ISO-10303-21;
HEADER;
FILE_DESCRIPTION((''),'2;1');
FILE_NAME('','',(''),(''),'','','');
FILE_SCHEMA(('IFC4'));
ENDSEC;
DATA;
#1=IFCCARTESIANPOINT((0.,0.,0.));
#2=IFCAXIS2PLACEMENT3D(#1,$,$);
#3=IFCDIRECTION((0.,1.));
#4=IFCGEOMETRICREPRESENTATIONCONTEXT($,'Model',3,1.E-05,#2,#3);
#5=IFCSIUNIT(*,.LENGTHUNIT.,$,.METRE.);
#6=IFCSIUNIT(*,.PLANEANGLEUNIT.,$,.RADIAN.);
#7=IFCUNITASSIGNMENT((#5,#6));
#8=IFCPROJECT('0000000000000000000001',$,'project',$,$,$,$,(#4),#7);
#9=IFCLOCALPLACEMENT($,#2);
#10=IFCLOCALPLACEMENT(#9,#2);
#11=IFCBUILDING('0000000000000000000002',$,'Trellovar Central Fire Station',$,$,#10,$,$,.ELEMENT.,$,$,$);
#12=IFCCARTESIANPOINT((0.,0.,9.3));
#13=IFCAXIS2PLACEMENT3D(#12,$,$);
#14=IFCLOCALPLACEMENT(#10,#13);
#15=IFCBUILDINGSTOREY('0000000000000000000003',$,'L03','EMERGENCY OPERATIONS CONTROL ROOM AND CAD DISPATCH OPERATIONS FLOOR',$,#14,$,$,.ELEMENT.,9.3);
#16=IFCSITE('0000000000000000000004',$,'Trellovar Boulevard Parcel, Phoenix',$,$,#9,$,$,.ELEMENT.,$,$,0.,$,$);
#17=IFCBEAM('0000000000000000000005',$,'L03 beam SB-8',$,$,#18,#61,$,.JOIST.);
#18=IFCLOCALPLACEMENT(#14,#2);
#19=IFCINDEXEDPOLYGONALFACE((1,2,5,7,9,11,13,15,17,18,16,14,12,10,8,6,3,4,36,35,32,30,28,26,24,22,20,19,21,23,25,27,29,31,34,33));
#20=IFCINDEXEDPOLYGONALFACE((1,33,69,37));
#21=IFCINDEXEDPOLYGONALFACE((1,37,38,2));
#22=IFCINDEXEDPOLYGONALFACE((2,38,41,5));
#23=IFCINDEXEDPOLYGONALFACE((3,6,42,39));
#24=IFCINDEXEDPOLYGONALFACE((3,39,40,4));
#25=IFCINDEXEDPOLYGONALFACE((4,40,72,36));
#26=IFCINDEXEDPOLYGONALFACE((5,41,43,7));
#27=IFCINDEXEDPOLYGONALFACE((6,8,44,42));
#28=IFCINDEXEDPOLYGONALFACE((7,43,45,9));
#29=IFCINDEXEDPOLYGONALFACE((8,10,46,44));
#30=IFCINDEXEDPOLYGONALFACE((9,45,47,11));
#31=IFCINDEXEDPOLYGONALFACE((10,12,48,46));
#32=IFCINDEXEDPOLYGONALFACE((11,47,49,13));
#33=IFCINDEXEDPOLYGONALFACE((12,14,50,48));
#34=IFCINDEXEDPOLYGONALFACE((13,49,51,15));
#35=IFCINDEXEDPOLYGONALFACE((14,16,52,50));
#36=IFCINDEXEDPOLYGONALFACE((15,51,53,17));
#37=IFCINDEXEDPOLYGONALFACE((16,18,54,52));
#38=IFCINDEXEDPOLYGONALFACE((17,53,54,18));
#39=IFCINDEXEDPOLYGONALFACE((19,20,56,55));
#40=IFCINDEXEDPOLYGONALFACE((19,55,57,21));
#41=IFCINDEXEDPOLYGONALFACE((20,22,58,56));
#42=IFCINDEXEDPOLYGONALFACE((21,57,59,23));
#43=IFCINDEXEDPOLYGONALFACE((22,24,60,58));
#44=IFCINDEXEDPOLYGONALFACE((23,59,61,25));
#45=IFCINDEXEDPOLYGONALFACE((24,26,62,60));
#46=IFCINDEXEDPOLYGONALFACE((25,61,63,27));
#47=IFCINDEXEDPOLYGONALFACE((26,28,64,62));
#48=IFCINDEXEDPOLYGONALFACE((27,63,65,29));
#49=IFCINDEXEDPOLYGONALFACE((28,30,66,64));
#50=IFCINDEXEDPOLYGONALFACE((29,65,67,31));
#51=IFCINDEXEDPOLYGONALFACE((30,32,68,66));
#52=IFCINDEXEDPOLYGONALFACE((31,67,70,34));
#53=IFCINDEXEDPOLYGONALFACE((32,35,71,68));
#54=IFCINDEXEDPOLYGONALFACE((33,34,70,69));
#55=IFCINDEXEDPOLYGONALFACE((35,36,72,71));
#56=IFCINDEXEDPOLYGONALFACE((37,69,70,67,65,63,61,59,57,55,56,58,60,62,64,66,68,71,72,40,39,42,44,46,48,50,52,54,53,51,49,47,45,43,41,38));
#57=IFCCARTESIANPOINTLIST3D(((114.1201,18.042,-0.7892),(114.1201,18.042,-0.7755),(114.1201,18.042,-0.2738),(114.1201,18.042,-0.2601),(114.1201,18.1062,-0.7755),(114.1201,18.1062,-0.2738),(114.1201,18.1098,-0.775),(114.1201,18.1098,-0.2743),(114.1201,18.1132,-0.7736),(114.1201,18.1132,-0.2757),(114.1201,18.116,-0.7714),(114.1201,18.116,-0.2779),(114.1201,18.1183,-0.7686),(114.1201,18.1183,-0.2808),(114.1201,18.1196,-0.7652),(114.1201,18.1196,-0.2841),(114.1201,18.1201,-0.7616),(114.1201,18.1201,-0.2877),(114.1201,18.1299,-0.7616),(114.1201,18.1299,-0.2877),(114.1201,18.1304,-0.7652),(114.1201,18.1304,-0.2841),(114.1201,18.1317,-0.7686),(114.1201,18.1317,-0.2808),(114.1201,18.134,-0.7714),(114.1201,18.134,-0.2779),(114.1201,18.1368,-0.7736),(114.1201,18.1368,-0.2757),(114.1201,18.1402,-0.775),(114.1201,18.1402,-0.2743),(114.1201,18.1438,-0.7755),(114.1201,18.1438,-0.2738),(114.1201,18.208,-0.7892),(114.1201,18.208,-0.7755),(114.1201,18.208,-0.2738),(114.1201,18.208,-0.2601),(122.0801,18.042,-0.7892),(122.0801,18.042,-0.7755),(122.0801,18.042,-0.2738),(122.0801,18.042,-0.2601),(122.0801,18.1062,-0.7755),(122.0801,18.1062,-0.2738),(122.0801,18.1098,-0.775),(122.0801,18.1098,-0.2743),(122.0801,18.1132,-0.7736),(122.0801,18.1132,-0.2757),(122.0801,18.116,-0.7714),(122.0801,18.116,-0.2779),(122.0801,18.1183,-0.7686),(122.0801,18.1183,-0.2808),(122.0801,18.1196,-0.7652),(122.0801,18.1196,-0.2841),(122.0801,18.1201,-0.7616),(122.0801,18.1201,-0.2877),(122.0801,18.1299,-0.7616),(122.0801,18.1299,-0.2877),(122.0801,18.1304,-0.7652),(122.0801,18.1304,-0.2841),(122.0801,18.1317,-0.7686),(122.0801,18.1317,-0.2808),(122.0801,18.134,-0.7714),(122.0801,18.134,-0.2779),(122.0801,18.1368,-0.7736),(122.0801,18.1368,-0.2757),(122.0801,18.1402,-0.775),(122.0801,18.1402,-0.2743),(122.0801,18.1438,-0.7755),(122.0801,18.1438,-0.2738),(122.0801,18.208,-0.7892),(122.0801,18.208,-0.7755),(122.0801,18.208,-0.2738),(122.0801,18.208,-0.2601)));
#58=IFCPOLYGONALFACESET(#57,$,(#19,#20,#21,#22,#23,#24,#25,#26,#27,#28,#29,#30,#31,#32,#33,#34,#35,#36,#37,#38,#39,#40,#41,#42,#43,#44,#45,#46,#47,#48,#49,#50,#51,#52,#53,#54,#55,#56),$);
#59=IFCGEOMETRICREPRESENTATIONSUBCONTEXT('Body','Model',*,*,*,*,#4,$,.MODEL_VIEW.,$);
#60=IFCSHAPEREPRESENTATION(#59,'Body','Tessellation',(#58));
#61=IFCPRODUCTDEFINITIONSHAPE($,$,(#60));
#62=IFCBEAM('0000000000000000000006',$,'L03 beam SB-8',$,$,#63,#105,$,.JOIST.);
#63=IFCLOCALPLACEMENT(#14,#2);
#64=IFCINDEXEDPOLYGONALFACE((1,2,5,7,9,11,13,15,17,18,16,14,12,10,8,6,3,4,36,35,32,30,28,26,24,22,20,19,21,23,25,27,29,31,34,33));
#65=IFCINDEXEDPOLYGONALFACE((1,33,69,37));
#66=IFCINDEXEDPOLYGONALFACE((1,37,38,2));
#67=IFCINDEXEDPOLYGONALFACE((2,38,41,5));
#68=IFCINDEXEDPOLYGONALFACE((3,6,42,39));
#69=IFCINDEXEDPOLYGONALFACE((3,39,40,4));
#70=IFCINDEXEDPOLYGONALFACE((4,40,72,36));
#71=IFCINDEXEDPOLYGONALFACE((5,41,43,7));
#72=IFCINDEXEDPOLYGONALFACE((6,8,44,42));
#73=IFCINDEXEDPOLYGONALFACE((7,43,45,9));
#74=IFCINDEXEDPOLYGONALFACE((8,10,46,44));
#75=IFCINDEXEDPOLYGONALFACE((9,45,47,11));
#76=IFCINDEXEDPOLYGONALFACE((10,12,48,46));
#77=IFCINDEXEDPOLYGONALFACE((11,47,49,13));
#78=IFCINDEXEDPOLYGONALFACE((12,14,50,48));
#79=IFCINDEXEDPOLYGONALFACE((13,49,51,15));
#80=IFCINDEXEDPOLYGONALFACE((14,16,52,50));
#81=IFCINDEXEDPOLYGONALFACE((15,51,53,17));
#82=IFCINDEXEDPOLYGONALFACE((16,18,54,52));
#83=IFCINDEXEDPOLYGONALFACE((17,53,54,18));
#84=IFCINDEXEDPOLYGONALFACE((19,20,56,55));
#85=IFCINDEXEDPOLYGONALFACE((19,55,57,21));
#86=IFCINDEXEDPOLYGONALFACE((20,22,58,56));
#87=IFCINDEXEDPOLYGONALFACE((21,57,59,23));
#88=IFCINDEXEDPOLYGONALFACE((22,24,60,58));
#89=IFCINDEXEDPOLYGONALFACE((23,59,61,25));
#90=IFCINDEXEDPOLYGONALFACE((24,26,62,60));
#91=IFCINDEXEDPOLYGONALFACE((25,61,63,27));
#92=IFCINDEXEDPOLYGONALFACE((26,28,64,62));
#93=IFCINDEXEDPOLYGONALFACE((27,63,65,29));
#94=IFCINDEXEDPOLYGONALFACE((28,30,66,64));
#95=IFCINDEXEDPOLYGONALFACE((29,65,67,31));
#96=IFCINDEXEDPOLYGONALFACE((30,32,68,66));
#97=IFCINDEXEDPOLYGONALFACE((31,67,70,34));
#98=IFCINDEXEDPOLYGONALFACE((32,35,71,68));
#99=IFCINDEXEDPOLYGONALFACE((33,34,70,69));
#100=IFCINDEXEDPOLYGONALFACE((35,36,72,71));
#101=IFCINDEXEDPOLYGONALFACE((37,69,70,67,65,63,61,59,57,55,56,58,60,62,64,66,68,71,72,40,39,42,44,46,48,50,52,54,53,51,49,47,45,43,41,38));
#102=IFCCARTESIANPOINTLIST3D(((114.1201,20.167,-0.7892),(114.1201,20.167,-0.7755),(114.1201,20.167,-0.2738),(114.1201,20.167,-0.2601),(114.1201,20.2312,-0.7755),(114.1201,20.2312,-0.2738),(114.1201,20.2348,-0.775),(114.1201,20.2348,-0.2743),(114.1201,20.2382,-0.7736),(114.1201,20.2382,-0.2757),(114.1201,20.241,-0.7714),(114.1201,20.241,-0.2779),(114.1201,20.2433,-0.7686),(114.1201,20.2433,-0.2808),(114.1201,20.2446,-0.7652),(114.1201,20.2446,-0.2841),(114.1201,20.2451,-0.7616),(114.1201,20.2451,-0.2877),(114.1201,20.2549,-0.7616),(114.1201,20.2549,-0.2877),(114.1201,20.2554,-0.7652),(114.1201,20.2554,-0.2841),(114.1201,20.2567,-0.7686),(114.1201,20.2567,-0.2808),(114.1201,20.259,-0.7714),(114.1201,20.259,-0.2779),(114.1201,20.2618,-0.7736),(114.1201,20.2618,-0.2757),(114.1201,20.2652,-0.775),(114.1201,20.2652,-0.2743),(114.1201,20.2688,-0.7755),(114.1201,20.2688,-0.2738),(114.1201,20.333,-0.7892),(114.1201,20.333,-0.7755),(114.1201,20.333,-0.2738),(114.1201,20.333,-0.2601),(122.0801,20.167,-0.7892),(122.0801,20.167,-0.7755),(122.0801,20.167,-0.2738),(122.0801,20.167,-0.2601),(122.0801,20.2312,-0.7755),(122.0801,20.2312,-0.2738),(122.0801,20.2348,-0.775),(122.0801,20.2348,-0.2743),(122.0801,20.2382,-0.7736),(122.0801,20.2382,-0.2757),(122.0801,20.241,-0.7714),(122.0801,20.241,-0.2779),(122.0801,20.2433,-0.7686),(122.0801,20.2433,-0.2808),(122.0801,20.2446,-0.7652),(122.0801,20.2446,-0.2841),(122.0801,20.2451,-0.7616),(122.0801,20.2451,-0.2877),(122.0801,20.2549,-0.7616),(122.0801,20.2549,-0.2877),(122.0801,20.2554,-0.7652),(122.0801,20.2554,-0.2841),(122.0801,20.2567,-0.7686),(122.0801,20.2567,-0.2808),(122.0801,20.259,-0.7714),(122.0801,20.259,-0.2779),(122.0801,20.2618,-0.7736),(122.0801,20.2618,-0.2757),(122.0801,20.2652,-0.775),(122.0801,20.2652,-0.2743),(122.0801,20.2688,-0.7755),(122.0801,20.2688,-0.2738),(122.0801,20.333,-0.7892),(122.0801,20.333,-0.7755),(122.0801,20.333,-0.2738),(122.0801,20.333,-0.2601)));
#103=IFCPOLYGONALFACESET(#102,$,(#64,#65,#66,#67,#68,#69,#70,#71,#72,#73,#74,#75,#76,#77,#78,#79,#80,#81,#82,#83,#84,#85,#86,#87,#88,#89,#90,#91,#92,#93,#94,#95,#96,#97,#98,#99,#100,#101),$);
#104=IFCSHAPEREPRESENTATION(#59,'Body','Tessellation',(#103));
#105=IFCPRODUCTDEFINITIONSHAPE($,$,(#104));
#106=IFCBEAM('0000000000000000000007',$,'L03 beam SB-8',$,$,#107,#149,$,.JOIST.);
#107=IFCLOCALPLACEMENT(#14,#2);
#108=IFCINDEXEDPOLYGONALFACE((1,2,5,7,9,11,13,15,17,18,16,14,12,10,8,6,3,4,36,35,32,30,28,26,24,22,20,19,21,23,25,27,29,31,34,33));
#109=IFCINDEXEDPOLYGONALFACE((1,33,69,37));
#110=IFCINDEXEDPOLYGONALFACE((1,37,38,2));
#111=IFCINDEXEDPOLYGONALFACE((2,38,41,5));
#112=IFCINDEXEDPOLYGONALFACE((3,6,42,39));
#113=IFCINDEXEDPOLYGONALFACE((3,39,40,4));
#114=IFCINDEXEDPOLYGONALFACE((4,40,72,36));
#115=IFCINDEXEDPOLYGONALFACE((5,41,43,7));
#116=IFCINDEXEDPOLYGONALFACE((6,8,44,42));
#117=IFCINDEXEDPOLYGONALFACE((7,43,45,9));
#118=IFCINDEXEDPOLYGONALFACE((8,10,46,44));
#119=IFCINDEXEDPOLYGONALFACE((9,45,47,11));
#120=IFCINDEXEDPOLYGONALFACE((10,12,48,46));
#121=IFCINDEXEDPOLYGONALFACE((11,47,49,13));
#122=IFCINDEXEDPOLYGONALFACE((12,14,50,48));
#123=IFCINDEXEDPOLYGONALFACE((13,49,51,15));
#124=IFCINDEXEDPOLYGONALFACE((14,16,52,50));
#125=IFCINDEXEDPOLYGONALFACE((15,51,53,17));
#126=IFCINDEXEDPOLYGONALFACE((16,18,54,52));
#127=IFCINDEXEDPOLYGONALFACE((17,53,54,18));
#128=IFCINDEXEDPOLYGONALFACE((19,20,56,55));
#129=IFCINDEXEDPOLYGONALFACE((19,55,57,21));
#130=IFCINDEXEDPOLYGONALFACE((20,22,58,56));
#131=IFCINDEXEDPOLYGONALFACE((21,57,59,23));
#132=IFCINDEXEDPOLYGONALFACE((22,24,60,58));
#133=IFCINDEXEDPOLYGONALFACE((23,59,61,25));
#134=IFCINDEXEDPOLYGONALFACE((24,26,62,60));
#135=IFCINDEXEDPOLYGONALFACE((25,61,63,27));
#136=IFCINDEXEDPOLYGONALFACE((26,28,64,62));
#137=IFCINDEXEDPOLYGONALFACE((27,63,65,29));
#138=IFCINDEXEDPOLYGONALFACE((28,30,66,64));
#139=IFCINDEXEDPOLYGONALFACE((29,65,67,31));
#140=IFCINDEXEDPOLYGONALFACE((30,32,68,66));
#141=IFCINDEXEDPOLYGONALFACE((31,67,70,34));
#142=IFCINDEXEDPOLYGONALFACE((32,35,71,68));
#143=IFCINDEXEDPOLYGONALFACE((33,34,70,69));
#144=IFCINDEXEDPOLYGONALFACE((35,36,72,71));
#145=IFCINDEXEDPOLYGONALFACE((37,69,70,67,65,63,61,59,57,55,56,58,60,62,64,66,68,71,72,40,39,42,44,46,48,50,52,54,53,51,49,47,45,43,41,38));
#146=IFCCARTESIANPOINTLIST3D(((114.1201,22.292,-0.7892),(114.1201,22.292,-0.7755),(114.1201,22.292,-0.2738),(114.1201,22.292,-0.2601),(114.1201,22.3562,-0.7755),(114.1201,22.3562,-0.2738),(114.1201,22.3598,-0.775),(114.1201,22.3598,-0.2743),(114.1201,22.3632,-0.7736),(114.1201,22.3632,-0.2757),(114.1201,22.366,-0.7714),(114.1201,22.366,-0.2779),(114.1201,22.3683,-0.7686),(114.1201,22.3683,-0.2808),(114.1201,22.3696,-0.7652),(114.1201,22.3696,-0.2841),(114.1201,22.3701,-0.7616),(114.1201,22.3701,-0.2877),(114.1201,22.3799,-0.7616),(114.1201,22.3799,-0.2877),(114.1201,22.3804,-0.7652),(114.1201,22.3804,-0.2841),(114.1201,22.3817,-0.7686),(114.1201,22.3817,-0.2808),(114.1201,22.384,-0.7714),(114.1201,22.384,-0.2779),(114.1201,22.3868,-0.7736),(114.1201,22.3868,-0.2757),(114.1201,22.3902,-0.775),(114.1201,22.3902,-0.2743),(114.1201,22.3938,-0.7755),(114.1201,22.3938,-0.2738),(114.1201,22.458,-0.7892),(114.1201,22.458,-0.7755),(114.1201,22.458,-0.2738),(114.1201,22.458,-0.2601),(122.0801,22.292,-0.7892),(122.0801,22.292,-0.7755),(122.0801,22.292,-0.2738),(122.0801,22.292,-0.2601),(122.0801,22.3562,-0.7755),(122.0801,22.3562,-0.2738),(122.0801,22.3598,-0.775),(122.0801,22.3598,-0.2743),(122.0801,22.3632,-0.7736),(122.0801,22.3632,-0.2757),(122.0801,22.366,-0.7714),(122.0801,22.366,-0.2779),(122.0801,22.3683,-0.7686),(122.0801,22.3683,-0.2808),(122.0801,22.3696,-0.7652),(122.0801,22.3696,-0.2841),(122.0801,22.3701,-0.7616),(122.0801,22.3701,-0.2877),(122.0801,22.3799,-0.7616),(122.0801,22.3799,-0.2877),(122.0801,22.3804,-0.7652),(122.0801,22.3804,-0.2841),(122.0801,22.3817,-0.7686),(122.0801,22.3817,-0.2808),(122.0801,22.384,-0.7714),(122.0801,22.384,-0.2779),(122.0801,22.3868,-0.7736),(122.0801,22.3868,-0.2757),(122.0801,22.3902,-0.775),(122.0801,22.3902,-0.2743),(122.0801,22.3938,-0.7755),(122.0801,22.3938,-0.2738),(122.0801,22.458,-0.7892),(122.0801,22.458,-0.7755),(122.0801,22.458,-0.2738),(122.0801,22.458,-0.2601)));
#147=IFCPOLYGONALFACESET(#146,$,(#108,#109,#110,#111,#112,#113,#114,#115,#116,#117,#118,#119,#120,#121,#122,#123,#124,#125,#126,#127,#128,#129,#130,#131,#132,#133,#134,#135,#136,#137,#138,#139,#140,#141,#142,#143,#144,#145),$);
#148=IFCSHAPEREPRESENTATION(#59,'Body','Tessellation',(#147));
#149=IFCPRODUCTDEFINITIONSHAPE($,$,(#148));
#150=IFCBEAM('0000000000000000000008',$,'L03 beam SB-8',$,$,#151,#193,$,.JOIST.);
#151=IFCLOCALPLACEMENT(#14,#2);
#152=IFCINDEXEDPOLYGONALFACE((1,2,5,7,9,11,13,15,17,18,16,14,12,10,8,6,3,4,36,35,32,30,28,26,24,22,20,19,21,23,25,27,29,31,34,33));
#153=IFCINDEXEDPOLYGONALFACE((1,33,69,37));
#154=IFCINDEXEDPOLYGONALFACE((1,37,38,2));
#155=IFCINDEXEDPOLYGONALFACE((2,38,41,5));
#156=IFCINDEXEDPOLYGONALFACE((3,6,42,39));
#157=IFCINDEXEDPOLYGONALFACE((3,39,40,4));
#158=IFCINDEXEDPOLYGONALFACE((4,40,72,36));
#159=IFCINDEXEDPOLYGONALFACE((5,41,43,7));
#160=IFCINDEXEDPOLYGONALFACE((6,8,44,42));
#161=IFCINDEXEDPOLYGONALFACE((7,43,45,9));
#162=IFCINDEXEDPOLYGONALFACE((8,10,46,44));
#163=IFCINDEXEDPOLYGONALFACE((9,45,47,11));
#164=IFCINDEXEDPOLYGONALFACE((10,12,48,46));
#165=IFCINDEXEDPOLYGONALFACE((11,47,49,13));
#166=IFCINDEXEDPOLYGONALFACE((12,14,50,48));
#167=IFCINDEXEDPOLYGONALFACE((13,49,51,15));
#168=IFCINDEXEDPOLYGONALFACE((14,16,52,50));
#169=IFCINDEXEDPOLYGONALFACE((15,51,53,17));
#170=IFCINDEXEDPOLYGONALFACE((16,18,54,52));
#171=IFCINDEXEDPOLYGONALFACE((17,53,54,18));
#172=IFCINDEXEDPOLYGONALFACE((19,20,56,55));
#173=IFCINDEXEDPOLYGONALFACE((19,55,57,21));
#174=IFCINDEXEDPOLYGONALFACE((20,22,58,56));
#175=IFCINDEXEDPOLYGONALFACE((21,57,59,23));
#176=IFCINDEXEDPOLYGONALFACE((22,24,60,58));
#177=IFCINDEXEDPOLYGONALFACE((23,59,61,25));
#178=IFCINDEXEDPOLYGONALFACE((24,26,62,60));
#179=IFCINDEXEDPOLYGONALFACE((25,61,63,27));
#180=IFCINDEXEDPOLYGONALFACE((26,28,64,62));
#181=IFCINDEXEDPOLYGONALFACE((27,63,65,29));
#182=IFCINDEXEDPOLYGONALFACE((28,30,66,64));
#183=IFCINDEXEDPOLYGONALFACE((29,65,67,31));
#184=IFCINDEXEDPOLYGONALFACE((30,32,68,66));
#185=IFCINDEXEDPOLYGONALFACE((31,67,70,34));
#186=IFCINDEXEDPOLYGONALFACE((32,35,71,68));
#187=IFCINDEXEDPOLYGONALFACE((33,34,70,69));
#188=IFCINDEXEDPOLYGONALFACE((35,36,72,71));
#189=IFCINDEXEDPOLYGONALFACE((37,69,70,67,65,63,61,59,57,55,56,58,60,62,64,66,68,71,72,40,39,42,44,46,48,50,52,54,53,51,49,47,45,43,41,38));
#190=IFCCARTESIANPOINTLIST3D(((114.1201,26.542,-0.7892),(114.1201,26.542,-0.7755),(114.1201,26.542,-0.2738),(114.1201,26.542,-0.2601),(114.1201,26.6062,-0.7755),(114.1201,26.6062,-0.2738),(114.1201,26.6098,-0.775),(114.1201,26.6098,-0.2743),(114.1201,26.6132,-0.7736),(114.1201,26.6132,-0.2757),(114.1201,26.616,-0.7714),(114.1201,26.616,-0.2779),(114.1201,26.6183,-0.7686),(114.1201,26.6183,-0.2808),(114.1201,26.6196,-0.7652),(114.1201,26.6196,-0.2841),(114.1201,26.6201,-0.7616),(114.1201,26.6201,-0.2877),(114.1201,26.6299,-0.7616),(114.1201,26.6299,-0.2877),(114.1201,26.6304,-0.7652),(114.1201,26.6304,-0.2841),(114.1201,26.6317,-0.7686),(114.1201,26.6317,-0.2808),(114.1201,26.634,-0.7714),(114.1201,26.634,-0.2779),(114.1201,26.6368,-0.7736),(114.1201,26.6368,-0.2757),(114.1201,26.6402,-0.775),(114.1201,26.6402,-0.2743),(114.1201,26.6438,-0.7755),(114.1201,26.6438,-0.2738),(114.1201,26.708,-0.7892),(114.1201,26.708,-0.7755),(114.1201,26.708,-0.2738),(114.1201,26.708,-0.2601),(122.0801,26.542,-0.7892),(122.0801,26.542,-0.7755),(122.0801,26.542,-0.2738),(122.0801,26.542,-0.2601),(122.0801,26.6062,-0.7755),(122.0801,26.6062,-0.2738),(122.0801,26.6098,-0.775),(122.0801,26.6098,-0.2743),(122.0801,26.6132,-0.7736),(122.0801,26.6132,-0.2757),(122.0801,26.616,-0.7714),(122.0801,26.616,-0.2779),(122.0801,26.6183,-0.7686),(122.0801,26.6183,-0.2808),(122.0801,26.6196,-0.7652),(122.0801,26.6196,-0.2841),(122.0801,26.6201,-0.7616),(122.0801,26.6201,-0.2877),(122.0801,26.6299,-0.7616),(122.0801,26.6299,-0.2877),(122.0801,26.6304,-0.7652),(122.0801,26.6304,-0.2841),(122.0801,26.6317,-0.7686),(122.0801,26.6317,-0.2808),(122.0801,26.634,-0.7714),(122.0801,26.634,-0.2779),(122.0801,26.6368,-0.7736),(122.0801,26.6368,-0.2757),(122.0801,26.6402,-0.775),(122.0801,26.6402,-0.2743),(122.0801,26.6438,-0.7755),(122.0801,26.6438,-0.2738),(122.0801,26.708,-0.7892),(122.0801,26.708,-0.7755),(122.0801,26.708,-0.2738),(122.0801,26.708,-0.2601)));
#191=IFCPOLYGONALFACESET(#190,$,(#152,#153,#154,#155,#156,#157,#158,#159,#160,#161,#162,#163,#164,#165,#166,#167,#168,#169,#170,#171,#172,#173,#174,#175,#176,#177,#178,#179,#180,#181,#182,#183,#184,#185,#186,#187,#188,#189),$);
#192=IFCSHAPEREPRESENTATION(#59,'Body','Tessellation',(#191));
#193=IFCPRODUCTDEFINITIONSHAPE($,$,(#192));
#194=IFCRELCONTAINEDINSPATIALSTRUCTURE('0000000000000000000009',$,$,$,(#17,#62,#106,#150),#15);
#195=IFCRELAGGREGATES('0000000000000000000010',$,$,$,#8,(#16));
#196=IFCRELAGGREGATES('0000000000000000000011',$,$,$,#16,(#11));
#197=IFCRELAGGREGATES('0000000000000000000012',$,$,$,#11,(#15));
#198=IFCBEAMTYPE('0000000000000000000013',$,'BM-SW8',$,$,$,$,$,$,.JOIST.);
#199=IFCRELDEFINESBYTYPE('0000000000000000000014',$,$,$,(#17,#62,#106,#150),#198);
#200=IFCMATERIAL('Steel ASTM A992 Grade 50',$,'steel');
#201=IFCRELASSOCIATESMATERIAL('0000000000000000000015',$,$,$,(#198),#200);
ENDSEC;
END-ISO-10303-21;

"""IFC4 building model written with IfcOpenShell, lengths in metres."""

from ifc_helpers import new_model, si_unit, direction, frame, origin, origin_2d, place, context, subcontext, project, spatial, i_section, extrude, material, material_profile, profile_set, type_object, element, save


model = new_model("IFC4")

# Units and contexts
model_context = context("Model", 3, precision=1e-05, world=origin(), true_north=direction((0.0, 1.0)))
body_context = subcontext(model_context, "Body", "Model", "MODEL_VIEW")
ifc_project = project(units=[si_unit("LENGTHUNIT", "METRE"), si_unit("PLANEANGLEUNIT", "RADIAN")], contexts=[model_context])

# Site, building, storey
site_placement = place(None, origin())
site = spatial("IfcSite", under=ifc_project, at=site_placement, Name="Trellovar Boulevard Parcel, Phoenix", CompositionType="ELEMENT", RefElevation=0.0)
building_placement = place(site_placement, origin())
building = spatial("IfcBuilding", under=site, at=building_placement, Name="Trellovar Central Fire Station", CompositionType="ELEMENT")
storey_placement = place(building_placement, frame((0.0, 0.0, 9.3)))
storey = spatial("IfcBuildingStorey", under=building, at=storey_placement, Name="L03", Description="EMERGENCY OPERATIONS CONTROL ROOM AND CAD DISPATCH OPERATIONS FLOOR", CompositionType="ELEMENT", Elevation=9.3)

# Beams
ifc_material_1 = material(Name="Steel ASTM A992 Grade 50", Category="steel")
ifc_material_profile_1 = material_profile(ifc_material_1, i_section(OverallWidth=0.166, OverallDepth=0.5291, WebThickness=0.0098, FlangeThickness=0.0137, FilletRadius=0.0139, at=origin_2d()), Name="W21X50")
ifc_profile_set_1 = profile_set([ifc_material_profile_1], Name="Steel ASTM A992 Grade 50")
beam_type_1 = type_object("IfcBeamType", Name="BM-SW8", PredefinedType="JOIST", material=ifc_profile_set_1)
for number, where, z_axis, x_axis, name in (
    (1, (114.1201, 18.125, -0.5247), (1.0, 0.0, 0.0), (0.0, 1.0, 0.0), "L03 beam SB-8"),
    (2, (114.1201, 20.25, -0.5247), (1.0, 0.0, 0.0), (0.0, 1.0, 0.0), "L03 beam SB-8"),
    (3, (114.1201, 22.375, -0.5247), (1.0, 0.0, 0.0), (0.0, 1.0, 0.0), "L03 beam SB-8"),
    (4, (114.1201, 26.625, -0.5247), (1.0, 0.0, 0.0), (0.0, 1.0, 0.0), "L03 beam SB-8"),
):
    element("IfcBeam", number, at=place(storey_placement, frame(where, z_axis=z_axis, x_axis=x_axis)), inside=storey, type_object=beam_type_1, Name=name, PredefinedType="JOIST", context=body_context, shape_type="SweptSolid", body=[
        extrude(i_section(OverallWidth=0.166, OverallDepth=0.5291, WebThickness=0.0098, FlangeThickness=0.0137, FilletRadius=0.0139, at=origin_2d()), origin(), (0.0, 0.0, 1.0), 7.96),
    ])

save(model, "model.ifc")
